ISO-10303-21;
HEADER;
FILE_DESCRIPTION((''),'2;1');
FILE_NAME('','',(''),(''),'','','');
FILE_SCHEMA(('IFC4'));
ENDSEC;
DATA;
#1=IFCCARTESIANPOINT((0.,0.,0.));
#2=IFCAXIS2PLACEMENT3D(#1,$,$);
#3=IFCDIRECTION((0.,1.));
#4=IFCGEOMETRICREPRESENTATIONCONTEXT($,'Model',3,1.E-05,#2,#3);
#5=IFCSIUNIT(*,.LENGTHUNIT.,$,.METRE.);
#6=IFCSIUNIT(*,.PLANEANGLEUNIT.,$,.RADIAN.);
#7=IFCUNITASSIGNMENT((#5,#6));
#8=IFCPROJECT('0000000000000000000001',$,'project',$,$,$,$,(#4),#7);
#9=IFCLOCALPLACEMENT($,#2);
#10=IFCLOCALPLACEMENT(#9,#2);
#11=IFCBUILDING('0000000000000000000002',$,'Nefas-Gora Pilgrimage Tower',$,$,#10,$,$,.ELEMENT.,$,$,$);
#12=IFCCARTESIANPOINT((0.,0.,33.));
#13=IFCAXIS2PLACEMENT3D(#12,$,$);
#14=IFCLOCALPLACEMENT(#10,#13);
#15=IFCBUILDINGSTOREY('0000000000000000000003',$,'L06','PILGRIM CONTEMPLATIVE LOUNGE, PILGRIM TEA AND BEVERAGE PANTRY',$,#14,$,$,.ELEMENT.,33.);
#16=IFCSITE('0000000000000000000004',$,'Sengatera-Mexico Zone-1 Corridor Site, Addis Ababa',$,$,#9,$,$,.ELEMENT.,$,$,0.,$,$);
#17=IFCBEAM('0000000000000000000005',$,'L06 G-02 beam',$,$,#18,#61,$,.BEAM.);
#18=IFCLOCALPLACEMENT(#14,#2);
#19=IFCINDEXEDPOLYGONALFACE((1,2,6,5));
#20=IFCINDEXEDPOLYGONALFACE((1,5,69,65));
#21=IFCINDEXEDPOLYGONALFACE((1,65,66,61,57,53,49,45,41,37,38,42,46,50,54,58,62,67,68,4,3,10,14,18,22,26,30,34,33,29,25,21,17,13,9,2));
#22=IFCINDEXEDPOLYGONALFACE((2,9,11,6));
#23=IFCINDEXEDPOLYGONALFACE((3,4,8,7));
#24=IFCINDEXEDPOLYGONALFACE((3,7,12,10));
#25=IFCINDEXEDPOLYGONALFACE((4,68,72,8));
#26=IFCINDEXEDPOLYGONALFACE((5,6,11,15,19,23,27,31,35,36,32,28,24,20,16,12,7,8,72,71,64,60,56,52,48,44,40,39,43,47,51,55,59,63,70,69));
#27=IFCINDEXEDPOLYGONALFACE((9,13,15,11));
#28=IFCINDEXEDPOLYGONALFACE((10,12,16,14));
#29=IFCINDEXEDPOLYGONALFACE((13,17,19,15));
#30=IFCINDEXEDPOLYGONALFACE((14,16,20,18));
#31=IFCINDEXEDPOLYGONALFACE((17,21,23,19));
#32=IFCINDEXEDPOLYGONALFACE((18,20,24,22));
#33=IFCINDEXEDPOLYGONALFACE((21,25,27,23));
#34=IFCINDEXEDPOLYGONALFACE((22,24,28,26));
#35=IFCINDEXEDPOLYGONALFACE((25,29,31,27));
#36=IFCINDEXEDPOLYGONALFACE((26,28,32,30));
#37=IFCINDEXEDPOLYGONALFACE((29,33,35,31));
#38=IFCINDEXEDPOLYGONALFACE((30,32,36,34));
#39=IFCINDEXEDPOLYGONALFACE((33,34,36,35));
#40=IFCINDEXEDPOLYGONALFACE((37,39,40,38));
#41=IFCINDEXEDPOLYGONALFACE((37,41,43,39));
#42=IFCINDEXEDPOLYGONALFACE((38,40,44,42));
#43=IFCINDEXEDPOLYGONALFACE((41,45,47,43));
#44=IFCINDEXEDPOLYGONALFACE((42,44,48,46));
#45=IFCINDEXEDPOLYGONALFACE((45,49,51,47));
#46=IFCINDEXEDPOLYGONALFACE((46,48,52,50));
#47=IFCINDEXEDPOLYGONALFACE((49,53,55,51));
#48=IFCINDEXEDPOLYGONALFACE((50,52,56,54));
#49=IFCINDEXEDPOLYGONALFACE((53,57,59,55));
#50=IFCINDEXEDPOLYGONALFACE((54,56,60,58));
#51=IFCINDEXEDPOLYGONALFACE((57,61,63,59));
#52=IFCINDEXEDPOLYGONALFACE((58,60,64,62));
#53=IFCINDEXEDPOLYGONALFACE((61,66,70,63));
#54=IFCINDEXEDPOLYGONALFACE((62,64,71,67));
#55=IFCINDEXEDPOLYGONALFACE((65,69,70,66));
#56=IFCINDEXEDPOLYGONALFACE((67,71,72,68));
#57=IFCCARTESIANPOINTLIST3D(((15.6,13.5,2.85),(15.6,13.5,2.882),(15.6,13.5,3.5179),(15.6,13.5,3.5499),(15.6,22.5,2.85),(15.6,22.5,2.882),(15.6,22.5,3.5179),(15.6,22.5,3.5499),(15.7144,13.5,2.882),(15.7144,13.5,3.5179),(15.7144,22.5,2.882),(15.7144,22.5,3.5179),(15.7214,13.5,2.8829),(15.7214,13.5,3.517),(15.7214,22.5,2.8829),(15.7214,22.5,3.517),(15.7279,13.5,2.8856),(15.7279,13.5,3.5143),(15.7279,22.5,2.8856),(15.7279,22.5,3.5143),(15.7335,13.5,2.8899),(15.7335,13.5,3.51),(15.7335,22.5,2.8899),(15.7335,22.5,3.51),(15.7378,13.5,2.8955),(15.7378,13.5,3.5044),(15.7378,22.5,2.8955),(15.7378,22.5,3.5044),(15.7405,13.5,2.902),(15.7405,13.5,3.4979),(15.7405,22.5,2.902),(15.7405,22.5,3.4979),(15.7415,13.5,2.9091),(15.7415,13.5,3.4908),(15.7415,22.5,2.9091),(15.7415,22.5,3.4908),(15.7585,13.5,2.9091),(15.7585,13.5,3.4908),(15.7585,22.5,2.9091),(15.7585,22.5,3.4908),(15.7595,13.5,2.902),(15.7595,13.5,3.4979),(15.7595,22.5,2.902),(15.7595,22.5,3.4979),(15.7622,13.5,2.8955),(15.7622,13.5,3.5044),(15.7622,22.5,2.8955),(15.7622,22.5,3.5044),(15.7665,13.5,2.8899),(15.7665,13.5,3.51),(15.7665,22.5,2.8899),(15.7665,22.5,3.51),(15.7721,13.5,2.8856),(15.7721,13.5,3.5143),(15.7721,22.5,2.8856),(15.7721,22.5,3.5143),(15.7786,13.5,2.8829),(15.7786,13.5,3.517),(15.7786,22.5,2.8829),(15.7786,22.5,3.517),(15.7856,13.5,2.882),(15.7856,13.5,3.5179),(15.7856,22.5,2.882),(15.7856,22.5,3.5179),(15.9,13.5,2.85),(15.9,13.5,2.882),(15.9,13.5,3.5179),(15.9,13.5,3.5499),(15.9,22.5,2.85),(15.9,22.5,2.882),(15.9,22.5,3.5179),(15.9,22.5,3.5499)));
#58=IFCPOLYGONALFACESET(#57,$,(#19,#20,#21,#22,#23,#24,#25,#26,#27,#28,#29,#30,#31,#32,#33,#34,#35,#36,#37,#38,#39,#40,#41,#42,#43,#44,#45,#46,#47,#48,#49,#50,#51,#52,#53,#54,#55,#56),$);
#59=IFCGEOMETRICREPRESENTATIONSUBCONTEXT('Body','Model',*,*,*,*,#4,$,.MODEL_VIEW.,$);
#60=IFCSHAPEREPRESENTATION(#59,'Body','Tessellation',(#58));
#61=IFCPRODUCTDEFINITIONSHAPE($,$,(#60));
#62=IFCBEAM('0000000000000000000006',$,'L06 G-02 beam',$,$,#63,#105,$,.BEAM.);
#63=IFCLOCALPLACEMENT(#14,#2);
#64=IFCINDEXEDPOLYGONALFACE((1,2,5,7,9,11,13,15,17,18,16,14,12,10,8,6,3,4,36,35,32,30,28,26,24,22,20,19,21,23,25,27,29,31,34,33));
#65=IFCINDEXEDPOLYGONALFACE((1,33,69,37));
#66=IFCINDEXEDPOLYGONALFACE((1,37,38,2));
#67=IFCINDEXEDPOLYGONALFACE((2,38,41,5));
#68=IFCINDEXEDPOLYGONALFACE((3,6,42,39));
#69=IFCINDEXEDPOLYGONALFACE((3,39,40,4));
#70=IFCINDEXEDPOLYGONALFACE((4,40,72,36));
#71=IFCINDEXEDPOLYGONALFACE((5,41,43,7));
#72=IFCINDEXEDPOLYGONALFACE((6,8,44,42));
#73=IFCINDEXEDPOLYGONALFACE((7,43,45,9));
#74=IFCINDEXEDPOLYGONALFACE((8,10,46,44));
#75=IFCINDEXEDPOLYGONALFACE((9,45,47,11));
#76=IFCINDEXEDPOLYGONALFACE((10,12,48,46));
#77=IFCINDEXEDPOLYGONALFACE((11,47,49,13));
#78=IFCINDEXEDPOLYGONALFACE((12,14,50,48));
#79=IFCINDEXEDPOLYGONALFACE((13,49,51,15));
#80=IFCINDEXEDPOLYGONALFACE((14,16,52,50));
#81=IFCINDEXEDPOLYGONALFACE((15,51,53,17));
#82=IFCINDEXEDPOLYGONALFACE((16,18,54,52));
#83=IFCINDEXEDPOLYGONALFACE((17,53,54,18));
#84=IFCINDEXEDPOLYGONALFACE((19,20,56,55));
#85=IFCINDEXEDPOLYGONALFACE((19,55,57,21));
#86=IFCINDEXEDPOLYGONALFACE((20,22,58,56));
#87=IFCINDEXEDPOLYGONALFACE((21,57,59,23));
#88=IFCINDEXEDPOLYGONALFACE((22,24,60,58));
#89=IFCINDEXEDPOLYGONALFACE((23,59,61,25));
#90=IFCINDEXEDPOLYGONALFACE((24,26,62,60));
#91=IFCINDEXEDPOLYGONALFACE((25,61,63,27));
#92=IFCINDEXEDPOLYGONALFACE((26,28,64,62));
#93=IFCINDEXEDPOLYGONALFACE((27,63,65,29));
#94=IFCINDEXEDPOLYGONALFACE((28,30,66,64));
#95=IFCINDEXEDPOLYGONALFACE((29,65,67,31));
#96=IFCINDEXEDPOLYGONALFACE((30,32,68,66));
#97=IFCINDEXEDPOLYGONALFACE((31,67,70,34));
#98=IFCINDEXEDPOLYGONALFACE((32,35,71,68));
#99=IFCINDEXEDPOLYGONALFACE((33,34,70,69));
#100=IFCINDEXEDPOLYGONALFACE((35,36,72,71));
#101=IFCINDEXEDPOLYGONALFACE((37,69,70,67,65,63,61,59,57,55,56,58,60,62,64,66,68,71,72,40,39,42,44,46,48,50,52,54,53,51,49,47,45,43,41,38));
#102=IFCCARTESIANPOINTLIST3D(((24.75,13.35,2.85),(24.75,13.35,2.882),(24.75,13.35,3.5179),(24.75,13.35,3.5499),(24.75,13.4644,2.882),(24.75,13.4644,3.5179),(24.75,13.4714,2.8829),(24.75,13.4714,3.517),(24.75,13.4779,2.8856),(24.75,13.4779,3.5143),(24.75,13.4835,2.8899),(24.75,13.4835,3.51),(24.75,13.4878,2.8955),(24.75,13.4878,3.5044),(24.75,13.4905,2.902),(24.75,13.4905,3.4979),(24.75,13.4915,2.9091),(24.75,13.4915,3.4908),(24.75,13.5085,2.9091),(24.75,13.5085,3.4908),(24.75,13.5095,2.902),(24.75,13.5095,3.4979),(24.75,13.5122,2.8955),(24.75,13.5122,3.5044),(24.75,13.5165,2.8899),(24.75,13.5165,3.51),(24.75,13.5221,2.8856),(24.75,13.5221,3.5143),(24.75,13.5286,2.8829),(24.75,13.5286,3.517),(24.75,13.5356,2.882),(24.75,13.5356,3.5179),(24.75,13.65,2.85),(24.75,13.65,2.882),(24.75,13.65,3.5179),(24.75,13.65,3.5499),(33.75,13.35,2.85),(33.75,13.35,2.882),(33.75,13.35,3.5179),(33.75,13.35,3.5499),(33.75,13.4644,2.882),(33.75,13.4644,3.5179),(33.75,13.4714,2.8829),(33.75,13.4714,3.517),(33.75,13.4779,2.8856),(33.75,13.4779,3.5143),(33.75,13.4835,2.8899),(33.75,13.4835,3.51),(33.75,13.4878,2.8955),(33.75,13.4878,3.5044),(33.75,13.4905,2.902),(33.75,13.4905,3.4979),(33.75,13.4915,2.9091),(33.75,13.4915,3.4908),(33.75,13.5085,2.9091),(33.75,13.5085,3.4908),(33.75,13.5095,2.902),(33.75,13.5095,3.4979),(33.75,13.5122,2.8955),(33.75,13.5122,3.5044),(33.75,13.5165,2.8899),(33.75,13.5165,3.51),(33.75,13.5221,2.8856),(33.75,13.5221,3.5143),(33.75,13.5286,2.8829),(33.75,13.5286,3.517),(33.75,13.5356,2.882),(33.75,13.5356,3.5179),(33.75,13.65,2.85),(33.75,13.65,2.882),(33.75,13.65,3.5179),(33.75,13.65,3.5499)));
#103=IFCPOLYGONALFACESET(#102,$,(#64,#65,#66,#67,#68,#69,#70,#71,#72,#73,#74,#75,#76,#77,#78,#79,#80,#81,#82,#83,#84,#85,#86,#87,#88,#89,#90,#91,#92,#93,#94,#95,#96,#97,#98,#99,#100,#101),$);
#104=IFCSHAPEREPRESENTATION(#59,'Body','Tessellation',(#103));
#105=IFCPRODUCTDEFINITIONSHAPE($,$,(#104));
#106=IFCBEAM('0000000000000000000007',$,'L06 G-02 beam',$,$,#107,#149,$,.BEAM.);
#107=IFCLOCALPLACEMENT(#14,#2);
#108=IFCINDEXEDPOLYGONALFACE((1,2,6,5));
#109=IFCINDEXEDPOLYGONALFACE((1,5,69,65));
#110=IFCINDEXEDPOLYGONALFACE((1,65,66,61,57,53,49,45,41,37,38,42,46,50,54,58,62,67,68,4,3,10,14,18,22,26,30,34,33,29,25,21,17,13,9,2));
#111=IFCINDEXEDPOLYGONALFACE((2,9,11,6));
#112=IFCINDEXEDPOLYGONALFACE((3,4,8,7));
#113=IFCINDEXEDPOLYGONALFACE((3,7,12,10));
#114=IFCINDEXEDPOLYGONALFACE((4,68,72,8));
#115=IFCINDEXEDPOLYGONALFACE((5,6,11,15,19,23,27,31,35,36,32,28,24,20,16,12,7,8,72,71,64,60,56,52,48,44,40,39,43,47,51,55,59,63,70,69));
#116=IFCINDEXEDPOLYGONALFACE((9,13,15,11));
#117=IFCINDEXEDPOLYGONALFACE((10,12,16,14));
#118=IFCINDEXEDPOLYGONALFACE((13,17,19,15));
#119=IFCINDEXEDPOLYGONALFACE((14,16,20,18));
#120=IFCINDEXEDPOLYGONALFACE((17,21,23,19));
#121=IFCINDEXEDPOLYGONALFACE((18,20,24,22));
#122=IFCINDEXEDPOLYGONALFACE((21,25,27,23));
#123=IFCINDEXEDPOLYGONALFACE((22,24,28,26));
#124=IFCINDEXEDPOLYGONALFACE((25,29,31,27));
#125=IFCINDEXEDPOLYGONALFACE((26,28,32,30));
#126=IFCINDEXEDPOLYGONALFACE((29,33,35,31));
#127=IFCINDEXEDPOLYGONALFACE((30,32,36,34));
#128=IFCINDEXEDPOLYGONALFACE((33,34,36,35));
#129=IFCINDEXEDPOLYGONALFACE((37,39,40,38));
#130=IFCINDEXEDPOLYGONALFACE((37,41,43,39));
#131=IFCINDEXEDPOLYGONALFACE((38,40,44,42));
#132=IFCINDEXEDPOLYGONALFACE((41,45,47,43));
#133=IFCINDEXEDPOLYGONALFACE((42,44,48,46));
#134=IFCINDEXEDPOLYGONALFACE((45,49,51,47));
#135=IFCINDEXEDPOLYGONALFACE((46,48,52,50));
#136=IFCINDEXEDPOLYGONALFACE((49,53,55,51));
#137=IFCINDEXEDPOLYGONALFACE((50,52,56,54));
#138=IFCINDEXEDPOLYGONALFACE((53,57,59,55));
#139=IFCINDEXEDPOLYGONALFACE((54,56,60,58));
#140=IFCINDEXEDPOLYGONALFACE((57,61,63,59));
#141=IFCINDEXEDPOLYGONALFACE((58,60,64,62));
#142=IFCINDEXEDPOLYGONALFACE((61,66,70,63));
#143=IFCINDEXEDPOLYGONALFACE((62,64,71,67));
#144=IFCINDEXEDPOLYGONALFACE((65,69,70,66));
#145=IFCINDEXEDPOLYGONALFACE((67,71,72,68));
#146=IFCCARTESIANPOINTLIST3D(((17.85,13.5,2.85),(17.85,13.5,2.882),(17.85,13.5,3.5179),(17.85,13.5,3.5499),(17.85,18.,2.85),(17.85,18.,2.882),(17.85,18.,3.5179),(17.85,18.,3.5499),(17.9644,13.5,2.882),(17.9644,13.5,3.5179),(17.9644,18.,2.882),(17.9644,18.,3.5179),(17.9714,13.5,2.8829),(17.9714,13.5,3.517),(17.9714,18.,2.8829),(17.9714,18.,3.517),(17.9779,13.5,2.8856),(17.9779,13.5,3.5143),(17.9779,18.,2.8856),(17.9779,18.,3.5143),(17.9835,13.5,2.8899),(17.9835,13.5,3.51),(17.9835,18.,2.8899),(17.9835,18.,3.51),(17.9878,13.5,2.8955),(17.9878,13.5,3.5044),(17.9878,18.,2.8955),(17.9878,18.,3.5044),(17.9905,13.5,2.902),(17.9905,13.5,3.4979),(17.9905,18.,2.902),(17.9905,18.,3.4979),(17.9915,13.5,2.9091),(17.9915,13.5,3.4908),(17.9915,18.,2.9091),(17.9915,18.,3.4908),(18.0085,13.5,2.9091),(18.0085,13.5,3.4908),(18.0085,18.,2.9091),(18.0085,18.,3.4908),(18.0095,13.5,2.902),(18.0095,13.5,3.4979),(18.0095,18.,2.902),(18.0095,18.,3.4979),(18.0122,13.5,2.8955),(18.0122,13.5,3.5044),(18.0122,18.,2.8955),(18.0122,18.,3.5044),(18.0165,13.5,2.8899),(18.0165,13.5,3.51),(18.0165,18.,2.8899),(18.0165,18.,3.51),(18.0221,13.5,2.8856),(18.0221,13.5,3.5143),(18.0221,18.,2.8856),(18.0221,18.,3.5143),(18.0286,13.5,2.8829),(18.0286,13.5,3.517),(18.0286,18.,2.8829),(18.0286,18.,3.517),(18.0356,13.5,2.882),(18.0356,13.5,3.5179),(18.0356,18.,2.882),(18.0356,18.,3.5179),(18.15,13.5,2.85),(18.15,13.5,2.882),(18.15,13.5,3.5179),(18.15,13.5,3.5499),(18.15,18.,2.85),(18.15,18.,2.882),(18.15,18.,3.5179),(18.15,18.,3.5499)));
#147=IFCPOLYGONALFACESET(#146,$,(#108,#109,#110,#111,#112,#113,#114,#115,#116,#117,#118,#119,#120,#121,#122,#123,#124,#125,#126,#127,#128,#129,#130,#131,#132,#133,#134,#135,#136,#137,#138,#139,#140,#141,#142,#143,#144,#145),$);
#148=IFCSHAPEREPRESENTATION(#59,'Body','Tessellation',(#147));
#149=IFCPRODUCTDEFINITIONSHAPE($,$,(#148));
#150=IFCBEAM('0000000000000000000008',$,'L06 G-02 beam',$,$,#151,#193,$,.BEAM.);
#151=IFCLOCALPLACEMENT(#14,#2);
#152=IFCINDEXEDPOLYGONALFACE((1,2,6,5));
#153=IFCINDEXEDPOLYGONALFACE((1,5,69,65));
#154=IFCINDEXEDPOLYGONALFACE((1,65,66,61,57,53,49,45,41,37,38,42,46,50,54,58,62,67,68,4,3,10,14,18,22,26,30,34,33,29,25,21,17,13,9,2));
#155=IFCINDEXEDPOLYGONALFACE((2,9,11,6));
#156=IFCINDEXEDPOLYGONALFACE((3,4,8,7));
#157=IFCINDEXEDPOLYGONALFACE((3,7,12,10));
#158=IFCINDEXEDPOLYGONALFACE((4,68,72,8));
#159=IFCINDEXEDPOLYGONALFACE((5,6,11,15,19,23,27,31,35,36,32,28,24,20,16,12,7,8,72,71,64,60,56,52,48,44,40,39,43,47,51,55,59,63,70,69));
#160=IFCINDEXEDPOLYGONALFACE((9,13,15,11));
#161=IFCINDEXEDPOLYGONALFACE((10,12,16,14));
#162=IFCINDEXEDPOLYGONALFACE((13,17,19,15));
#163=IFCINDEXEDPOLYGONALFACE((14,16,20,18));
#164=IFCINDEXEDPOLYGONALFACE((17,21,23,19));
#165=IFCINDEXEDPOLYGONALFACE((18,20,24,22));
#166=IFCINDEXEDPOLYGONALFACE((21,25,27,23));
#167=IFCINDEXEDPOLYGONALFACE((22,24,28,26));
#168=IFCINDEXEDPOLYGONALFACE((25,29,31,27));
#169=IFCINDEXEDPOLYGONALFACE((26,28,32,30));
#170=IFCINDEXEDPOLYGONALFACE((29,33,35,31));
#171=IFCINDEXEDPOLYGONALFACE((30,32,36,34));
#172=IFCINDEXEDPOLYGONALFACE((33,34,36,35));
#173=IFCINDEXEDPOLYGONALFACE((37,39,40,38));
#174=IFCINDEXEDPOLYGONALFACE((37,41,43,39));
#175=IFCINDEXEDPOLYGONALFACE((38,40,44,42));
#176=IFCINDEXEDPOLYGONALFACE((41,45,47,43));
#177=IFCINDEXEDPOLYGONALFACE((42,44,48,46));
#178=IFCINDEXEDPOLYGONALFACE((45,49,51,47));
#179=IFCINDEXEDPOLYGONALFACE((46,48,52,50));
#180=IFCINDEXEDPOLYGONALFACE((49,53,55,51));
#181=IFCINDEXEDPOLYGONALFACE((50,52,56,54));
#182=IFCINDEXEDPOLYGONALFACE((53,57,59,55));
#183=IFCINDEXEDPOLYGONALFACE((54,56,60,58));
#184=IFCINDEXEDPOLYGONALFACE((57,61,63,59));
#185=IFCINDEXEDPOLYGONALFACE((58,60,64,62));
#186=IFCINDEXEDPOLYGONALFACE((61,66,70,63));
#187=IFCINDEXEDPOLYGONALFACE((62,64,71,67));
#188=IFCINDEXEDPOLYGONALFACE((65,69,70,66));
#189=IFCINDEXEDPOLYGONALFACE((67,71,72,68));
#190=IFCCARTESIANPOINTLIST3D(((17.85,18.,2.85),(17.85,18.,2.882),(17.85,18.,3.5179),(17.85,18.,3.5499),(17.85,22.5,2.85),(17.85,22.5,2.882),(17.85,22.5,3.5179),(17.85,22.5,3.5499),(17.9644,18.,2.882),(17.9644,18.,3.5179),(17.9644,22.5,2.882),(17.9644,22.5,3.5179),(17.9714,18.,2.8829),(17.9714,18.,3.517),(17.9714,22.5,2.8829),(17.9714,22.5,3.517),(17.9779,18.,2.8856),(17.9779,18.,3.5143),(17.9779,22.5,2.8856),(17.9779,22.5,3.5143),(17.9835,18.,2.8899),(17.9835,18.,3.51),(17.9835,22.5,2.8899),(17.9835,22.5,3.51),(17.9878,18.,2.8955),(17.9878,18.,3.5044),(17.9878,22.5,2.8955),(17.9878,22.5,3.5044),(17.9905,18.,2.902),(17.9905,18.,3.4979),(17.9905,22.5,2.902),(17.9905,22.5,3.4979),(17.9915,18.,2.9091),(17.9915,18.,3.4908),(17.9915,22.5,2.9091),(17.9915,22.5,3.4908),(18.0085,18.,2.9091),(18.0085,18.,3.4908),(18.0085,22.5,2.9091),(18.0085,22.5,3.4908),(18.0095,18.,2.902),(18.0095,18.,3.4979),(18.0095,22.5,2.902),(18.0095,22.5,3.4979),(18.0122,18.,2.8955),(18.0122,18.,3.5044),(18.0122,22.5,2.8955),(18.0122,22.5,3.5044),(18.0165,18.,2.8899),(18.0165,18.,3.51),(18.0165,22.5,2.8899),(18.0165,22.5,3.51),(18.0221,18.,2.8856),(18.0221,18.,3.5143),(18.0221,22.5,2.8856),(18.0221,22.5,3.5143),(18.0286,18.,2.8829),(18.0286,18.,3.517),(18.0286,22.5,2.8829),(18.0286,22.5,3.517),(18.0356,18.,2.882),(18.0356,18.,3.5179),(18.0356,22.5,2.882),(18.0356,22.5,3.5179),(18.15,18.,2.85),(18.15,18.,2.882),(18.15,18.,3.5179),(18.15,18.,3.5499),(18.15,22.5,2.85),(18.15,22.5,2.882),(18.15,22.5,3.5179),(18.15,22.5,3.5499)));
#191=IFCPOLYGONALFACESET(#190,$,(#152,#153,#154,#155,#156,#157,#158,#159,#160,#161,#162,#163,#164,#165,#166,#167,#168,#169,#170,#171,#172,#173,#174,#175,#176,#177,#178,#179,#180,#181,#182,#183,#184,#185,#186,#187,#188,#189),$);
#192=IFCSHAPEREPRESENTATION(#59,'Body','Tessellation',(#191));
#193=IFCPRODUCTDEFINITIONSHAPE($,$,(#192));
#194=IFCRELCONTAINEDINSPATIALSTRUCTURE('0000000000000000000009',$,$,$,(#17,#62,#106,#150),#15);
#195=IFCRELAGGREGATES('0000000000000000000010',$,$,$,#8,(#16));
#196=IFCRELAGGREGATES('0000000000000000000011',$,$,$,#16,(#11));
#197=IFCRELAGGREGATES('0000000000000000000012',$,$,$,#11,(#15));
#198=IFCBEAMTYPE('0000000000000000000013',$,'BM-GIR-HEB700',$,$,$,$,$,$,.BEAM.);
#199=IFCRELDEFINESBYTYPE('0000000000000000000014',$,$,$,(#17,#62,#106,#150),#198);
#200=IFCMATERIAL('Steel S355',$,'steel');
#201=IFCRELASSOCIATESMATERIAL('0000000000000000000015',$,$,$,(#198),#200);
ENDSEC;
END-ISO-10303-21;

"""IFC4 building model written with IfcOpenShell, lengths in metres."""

from ifc_helpers import new_model, si_unit, direction, frame, origin, origin_2d, place, context, subcontext, project, spatial, i_section, extrude, source, transform, mapped, material, material_profile, profile_set, type_object, element, save


model = new_model("IFC4")

# Units and contexts
model_context = context("Model", 3, precision=1e-05, world=origin(), true_north=direction((0.0, 1.0)))
body_context = subcontext(model_context, "Body", "Model", "MODEL_VIEW")
ifc_project = project(units=[si_unit("LENGTHUNIT", "METRE"), si_unit("PLANEANGLEUNIT", "RADIAN")], contexts=[model_context])

# Site, building, storey
site_placement = place(None, origin())
site = spatial("IfcSite", under=ifc_project, at=site_placement, Name="Sengatera-Mexico Zone-1 Corridor Site, Addis Ababa", CompositionType="ELEMENT", RefElevation=0.0)
building_placement = place(site_placement, origin())
building = spatial("IfcBuilding", under=site, at=building_placement, Name="Nefas-Gora Pilgrimage Tower", CompositionType="ELEMENT")
storey_placement = place(building_placement, frame((0.0, 0.0, 33.0)))
storey = spatial("IfcBuildingStorey", under=building, at=storey_placement, Name="L06", Description="PILGRIM CONTEMPLATIVE LOUNGE, PILGRIM TEA AND BEVERAGE PANTRY", CompositionType="ELEMENT", Elevation=33.0)

# Beams
ifc_material_1 = material(Name="Steel S355", Category="steel")
ifc_material_profile_1 = material_profile(ifc_material_1, i_section(OverallWidth=0.3, OverallDepth=0.7, WebThickness=0.0171, FlangeThickness=0.032, FilletRadius=0.0271, at=origin_2d()), Name="HEB 700")
ifc_profile_set_1 = profile_set([ifc_material_profile_1], Name="Steel S355")
beam_type_1 = type_object("IfcBeamType", Name="BM-GIR-HEB700", PredefinedType="BEAM", material=ifc_profile_set_1)
shared_shape_1 = source(origin(), body_context, "Body", "SweptSolid", [
    extrude(i_section(OverallWidth=0.3, OverallDepth=0.7, WebThickness=0.0171, FlangeThickness=0.032, FilletRadius=0.0271, at=origin_2d()), origin(), (0.0, 0.0, 1.0), 9.0),
])
for number, where, z_axis, x_axis, name in (
    (1, (15.75, 13.5, 3.2), (0.0, 1.0, 0.0), (-1.0, 0.0, 0.0), "L06 G-02 beam"),
    (2, (24.75, 13.5, 3.2), (1.0, 0.0, 0.0), (0.0, 1.0, 0.0), "L06 G-02 beam"),
):
    element("IfcBeam", number, at=place(storey_placement, frame(where, z_axis=z_axis, x_axis=x_axis)), inside=storey, type_object=beam_type_1, Name=name, PredefinedType="BEAM", context=body_context, shape_type="MappedRepresentation", body=[
        mapped(shared_shape_1, transform((0.0, 0.0, 0.0), x_axis=(1.0, 0.0, 0.0), y_axis=(0.0, 1.0, 0.0), z_axis=(0.0, 0.0, 1.0), scale=1.0)),
    ])
shared_shape_2 = source(origin(), body_context, "Body", "SweptSolid", [
    extrude(i_section(OverallWidth=0.3, OverallDepth=0.7, WebThickness=0.0171, FlangeThickness=0.032, FilletRadius=0.0271, at=origin_2d()), origin(), (0.0, 0.0, 1.0), 4.5),
])
for number, where, z_axis, x_axis, name in (
    (3, (18.0, 13.5, 3.2), (0.0, 1.0, 0.0), (-1.0, 0.0, 0.0), "L06 G-02 beam"),
    (4, (18.0, 18.0, 3.2), (0.0, 1.0, 0.0), (-1.0, 0.0, 0.0), "L06 G-02 beam"),
):
    element("IfcBeam", number, at=place(storey_placement, frame(where, z_axis=z_axis, x_axis=x_axis)), inside=storey, type_object=beam_type_1, Name=name, PredefinedType="BEAM", context=body_context, shape_type="MappedRepresentation", body=[
        mapped(shared_shape_2, transform((0.0, 0.0, 0.0), x_axis=(1.0, 0.0, 0.0), y_axis=(0.0, 1.0, 0.0), z_axis=(0.0, 0.0, 1.0), scale=1.0)),
    ])

save(model, "model.ifc")
